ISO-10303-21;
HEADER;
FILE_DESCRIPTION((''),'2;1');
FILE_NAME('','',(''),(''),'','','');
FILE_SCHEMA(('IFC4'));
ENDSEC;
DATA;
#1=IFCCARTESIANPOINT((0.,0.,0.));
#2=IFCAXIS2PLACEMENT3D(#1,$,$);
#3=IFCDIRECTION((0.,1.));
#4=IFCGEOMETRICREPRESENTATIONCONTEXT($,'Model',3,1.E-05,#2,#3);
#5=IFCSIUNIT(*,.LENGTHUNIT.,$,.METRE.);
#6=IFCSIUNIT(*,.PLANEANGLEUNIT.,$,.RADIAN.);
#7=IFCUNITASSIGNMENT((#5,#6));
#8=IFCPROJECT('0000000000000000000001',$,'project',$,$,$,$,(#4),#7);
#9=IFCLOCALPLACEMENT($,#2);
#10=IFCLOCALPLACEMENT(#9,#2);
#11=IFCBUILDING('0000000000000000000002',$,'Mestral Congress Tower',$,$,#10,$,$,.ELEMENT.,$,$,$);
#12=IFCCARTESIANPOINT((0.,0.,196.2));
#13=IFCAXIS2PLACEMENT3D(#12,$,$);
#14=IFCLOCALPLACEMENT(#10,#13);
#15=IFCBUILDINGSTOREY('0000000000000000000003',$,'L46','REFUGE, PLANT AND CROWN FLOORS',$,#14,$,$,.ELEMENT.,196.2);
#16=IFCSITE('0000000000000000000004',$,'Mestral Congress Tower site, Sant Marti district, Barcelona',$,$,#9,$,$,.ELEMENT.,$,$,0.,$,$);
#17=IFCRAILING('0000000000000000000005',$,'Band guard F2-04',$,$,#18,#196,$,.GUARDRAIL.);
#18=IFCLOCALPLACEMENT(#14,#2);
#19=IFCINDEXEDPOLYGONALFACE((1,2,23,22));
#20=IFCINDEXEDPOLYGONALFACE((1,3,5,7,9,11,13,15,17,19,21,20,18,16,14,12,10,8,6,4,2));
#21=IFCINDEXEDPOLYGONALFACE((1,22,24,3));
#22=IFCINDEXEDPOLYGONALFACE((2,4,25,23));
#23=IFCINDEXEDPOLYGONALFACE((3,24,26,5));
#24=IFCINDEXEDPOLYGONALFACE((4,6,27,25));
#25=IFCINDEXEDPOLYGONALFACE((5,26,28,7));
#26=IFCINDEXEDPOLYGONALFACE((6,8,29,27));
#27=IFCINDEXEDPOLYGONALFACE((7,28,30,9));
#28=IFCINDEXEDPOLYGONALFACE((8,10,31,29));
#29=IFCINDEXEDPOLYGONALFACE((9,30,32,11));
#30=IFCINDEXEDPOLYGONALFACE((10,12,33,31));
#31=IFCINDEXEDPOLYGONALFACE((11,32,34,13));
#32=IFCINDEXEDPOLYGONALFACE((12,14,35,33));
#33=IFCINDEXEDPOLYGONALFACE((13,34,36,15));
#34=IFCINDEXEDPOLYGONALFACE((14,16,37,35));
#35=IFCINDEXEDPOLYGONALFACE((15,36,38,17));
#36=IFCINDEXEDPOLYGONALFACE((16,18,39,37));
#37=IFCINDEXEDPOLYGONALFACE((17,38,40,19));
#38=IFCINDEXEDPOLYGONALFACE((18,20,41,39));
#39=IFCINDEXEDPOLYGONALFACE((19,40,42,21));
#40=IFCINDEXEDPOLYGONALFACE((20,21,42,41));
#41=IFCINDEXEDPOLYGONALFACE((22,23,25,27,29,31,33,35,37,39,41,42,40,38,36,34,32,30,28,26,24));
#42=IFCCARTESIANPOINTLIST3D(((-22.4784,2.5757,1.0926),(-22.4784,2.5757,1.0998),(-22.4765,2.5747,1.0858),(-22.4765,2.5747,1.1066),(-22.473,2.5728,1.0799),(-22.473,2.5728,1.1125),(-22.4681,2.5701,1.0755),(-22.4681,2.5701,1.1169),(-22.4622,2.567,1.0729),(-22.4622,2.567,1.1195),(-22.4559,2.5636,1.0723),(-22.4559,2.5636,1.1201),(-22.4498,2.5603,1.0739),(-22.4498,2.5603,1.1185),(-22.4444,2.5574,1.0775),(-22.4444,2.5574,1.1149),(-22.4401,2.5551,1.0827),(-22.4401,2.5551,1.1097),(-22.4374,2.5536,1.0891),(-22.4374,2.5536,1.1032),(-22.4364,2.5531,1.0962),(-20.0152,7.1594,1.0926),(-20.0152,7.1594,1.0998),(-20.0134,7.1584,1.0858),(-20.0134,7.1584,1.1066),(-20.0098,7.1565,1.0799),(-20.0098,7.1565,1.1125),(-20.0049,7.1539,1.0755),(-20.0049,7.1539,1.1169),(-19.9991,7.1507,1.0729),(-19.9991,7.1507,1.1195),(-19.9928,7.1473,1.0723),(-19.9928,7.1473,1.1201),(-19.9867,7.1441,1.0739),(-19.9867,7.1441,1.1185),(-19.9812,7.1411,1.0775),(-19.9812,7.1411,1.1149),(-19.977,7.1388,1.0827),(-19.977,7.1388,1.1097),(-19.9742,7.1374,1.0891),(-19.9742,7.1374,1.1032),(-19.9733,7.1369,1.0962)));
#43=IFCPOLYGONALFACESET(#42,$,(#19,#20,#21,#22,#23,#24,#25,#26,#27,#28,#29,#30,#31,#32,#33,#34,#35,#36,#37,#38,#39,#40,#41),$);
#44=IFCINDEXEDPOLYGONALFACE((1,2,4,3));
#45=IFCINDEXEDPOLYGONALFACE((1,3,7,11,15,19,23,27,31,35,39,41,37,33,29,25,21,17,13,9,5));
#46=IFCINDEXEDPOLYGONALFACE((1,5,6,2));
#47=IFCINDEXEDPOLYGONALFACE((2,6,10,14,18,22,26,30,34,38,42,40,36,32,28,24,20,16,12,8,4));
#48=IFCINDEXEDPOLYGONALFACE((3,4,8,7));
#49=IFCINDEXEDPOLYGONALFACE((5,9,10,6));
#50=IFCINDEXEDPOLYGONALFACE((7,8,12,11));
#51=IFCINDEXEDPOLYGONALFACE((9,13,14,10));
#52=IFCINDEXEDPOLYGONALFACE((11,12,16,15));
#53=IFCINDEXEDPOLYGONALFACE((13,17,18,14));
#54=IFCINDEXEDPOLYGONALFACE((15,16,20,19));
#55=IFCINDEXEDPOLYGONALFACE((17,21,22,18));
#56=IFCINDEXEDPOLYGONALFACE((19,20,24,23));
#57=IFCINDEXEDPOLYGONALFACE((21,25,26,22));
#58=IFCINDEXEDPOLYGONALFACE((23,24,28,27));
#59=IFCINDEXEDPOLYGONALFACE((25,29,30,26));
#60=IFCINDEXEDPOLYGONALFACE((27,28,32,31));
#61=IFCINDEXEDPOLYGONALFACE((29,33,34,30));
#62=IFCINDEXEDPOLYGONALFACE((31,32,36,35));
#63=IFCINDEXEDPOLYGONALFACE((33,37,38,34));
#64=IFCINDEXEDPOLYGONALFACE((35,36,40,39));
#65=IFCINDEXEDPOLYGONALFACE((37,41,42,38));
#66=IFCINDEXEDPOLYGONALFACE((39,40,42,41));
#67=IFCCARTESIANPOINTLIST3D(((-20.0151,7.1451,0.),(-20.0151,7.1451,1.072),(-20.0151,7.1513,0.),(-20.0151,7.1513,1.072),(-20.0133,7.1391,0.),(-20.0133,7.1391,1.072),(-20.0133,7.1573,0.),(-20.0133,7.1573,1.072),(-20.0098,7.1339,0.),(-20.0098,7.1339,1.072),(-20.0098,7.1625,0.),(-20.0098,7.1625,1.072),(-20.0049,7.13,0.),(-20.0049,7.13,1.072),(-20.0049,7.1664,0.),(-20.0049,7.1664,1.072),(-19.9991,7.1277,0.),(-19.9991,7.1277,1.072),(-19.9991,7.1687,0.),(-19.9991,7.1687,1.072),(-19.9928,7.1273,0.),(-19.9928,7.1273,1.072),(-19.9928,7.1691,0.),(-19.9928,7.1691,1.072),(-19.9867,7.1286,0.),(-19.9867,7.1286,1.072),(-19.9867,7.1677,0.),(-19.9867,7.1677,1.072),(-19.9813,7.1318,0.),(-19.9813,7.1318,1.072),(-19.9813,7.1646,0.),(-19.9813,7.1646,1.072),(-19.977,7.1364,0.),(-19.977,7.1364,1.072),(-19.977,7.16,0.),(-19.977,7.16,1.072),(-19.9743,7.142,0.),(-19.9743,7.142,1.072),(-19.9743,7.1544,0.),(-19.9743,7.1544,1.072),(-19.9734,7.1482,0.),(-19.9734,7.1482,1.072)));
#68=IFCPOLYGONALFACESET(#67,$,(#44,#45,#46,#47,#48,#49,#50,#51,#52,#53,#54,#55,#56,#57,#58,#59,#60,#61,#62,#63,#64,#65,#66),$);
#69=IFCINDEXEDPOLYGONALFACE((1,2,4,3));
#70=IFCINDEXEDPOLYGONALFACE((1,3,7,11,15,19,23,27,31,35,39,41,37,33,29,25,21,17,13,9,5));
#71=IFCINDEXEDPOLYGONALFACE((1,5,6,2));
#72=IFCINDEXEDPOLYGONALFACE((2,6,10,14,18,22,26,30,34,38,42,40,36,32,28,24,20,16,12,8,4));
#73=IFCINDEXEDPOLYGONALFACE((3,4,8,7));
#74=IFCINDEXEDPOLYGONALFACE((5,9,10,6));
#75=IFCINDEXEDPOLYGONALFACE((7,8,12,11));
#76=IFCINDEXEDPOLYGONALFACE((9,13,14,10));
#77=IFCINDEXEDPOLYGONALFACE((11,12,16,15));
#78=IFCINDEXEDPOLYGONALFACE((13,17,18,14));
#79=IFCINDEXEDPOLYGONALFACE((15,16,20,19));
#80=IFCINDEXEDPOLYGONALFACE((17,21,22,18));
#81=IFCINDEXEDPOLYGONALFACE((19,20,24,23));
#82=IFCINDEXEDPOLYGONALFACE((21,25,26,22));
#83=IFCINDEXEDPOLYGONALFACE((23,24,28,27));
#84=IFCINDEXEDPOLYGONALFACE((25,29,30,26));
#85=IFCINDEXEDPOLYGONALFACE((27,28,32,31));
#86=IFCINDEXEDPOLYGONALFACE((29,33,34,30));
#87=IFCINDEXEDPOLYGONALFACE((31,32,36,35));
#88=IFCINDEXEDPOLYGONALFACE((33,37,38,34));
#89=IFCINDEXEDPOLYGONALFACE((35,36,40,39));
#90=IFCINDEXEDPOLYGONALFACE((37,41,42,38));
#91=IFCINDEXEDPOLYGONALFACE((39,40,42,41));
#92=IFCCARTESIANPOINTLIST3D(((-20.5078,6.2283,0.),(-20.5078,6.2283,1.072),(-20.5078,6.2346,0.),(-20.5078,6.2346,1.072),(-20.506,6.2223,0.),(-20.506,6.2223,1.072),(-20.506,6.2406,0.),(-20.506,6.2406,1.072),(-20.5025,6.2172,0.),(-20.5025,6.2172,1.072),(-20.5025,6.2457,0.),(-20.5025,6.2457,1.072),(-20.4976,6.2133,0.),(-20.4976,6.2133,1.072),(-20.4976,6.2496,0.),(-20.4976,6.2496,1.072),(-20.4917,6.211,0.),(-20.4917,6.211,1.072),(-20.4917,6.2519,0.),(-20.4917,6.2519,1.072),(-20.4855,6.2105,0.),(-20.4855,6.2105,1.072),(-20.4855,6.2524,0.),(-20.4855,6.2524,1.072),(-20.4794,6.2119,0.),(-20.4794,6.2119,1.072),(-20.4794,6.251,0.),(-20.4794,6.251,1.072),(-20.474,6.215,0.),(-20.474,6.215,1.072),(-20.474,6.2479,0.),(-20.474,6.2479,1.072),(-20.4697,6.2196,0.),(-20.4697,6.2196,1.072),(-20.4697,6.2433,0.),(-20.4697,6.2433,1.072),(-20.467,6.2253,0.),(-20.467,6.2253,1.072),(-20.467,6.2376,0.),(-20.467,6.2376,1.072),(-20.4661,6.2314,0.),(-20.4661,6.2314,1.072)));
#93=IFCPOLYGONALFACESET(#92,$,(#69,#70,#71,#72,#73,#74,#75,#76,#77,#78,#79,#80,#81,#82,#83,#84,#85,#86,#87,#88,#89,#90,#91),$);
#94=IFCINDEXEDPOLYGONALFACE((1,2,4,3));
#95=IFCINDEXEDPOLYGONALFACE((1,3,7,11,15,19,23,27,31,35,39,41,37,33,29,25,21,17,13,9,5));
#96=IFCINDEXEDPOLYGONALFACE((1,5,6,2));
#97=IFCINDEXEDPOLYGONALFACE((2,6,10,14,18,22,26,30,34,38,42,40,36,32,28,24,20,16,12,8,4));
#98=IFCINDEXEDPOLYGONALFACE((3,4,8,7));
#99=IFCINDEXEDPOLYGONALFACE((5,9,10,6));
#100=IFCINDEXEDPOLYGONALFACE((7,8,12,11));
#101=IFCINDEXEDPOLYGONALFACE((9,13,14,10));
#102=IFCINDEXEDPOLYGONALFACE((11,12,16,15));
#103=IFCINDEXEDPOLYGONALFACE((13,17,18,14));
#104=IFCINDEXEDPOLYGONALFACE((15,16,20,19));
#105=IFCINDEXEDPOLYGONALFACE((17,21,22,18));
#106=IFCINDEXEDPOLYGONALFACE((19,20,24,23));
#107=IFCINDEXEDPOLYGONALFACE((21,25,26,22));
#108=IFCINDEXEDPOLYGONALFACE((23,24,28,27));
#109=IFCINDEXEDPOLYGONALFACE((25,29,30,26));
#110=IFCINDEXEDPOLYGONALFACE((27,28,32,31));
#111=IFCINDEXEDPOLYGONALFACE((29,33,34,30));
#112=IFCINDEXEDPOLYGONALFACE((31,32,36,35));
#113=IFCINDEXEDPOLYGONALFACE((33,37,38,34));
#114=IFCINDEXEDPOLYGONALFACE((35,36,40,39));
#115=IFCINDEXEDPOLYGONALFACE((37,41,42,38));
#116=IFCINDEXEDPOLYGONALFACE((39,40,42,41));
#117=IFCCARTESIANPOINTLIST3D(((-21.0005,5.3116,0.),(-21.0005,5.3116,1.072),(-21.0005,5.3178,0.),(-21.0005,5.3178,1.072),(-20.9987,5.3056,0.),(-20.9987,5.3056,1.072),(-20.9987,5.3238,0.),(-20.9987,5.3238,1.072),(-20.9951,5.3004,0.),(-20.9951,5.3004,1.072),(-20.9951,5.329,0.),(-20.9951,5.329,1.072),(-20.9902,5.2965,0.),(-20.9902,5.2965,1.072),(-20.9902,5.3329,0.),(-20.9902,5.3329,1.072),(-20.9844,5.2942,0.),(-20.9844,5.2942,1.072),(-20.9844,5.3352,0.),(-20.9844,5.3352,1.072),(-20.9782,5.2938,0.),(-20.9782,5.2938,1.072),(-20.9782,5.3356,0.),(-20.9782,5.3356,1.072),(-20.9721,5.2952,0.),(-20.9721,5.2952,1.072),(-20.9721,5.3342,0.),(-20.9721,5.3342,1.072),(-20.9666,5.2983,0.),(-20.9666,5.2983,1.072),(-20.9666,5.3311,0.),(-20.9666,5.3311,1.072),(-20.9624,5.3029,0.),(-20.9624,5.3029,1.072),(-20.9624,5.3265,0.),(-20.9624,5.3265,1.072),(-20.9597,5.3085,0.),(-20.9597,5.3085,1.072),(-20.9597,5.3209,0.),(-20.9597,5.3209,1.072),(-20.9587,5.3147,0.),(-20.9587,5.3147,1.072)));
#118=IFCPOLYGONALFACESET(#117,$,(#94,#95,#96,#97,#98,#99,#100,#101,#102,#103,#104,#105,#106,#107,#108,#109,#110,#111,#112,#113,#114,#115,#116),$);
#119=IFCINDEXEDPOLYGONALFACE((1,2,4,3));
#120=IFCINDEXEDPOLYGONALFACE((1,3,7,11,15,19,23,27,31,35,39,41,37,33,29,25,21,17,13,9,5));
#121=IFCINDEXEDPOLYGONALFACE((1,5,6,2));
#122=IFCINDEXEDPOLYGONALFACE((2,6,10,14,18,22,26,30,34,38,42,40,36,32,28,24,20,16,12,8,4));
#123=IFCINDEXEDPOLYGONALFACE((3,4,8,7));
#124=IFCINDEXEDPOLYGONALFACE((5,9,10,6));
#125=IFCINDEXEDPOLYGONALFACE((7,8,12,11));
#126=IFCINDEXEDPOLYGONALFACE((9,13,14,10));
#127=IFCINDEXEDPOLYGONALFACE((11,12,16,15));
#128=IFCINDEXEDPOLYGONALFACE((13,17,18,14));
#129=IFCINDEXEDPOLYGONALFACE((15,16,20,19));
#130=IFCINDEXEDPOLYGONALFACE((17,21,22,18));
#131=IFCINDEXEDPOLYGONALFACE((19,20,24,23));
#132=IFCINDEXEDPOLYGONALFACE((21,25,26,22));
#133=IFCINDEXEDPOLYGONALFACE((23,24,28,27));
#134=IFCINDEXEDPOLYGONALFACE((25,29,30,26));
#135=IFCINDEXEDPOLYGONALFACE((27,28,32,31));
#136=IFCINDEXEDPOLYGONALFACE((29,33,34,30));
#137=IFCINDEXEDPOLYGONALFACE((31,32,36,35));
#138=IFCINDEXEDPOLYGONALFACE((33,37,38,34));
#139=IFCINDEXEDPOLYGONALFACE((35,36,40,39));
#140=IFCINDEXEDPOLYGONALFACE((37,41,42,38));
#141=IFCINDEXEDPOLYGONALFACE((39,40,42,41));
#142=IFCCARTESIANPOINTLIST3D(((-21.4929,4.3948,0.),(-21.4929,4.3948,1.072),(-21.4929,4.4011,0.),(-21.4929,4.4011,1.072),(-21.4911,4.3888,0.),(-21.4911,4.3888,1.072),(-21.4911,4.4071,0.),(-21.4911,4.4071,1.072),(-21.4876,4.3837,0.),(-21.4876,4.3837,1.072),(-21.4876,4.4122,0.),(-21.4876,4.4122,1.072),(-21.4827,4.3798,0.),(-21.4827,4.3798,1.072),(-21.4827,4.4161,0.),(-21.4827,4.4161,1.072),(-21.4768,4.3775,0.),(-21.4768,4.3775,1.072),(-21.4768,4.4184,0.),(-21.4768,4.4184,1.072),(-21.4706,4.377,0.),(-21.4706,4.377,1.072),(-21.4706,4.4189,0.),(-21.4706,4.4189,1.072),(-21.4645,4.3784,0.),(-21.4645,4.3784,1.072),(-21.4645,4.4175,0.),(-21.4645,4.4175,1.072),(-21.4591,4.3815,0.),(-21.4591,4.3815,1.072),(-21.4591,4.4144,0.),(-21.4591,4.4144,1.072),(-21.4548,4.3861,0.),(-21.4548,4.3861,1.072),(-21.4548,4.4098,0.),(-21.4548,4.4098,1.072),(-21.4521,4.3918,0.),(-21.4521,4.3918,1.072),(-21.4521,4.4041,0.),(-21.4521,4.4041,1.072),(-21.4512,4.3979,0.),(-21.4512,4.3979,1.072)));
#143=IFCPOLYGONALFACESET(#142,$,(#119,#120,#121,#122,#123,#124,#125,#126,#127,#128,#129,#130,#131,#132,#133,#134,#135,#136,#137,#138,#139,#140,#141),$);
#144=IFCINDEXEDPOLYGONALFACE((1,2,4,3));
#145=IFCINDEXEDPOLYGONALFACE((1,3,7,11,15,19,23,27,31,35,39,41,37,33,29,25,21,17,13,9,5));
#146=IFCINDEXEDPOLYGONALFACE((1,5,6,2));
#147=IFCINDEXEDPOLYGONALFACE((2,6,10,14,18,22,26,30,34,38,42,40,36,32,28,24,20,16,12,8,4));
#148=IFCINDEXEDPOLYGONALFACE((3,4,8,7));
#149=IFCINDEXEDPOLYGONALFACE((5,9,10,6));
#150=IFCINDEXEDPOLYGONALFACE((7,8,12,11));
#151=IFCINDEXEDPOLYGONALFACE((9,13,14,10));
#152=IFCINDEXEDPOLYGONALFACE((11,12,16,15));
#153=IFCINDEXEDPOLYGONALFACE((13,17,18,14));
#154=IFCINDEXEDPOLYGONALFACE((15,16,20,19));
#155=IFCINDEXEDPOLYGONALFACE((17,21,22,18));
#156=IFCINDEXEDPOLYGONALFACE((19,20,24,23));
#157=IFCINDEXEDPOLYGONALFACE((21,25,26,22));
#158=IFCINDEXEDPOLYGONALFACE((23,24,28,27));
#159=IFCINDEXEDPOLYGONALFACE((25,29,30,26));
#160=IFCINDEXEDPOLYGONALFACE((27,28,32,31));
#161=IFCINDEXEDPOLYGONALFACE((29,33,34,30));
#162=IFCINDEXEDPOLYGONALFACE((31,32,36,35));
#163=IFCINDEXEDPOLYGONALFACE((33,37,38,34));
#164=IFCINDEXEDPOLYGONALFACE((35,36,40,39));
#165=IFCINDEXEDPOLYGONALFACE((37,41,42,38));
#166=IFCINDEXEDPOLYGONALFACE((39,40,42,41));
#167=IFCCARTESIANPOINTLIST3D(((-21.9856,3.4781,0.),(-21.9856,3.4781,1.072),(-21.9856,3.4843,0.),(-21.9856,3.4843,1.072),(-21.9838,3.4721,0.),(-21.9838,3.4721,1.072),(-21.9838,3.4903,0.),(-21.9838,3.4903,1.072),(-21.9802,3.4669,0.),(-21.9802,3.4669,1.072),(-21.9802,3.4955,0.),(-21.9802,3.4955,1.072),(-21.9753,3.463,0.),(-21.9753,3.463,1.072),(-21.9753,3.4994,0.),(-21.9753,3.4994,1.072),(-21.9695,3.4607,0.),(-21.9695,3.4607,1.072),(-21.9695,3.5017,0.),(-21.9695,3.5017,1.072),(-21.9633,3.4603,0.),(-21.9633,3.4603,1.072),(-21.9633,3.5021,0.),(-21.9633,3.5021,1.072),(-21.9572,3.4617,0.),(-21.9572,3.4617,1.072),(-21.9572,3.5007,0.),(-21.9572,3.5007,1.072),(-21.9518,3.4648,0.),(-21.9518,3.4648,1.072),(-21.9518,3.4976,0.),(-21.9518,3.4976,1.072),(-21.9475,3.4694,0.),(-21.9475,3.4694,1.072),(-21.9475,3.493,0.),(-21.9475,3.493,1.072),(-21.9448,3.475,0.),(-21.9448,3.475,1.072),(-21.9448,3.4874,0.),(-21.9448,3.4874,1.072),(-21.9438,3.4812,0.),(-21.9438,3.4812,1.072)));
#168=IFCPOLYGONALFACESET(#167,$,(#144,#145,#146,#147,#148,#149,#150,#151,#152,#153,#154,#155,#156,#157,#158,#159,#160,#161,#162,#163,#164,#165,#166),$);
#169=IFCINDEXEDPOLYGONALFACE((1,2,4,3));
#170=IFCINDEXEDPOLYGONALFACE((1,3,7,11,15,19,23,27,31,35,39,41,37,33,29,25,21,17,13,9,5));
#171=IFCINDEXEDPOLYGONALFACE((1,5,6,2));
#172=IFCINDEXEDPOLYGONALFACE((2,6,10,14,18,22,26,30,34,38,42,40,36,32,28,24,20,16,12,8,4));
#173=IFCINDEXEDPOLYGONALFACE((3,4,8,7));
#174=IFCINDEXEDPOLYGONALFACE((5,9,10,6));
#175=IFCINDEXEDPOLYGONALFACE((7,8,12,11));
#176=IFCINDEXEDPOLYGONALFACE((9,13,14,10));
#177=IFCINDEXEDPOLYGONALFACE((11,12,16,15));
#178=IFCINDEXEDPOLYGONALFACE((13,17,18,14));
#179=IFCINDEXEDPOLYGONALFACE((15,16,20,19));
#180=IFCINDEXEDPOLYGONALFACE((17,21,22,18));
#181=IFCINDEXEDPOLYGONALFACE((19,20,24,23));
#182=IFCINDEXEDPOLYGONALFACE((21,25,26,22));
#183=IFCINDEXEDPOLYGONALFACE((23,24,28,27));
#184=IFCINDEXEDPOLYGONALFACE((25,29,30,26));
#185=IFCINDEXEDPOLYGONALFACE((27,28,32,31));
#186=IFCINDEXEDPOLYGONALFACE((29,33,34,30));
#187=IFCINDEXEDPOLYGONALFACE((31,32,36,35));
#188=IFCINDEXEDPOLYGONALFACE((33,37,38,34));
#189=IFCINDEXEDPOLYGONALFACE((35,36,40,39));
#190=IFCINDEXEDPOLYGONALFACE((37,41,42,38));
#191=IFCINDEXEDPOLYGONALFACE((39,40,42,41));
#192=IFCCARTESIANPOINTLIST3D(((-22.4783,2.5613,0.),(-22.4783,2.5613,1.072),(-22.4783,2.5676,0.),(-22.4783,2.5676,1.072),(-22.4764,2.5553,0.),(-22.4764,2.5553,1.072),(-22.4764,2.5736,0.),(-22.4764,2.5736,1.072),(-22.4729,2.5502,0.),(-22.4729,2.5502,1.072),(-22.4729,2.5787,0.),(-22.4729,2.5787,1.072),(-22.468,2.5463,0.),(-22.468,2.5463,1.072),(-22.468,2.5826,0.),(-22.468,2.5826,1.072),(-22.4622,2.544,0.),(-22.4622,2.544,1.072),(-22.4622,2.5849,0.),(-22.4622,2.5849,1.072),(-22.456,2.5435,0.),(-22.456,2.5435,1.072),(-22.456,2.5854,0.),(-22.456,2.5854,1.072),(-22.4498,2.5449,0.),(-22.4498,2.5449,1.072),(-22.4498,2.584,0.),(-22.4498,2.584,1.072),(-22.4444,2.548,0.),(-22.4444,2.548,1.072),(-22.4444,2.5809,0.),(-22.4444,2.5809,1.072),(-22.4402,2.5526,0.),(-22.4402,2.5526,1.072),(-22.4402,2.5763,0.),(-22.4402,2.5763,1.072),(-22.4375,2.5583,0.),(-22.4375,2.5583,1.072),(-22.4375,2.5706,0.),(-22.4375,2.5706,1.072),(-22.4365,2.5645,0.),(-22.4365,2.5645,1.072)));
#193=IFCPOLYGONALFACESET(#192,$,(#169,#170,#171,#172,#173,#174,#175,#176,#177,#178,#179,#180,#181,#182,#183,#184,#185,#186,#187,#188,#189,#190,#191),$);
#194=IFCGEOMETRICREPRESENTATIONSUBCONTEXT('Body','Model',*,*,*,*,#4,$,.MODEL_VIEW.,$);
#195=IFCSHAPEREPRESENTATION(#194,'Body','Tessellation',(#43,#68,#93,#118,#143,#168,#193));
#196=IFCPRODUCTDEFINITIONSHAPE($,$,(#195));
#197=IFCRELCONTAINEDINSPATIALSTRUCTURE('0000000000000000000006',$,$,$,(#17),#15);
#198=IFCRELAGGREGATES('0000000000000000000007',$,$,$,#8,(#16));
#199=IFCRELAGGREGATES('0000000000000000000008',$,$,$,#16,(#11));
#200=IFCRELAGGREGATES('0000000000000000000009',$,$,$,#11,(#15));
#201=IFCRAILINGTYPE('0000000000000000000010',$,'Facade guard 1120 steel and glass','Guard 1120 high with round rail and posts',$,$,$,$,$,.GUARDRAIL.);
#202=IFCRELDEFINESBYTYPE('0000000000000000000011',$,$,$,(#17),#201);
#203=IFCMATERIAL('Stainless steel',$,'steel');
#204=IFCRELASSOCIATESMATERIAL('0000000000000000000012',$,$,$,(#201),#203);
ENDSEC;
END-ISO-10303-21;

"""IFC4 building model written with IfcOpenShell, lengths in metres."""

from ifc_helpers import new_model, si_unit, direction, frame, origin, origin_2d, place, context, subcontext, project, spatial, circle, extrude, material, type_object, element, save


model = new_model("IFC4")

# Units and contexts
model_context = context("Model", 3, precision=1e-05, world=origin(), true_north=direction((0.0, 1.0)))
body_context = subcontext(model_context, "Body", "Model", "MODEL_VIEW")
ifc_project = project(units=[si_unit("LENGTHUNIT", "METRE"), si_unit("PLANEANGLEUNIT", "RADIAN")], contexts=[model_context])

# Site, building, storey
site_placement = place(None, origin())
site = spatial("IfcSite", under=ifc_project, at=site_placement, Name="Mestral Congress Tower site, Sant Marti district, Barcelona", CompositionType="ELEMENT", RefElevation=0.0)
building_placement = place(site_placement, origin())
building = spatial("IfcBuilding", under=site, at=building_placement, Name="Mestral Congress Tower", CompositionType="ELEMENT")
storey_placement = place(building_placement, frame((0.0, 0.0, 196.2)))
storey = spatial("IfcBuildingStorey", under=building, at=storey_placement, Name="L46", Description="REFUGE, PLANT AND CROWN FLOORS", CompositionType="ELEMENT", Elevation=196.2)

# Railing
ifc_material_1 = material(Name="Stainless steel", Category="steel")
railing_type = type_object("IfcRailingType", Name="Facade guard 1120 steel and glass", Description="Guard 1120 high with round rail and posts", PredefinedType="GUARDRAIL", material=ifc_material_1)
railing_placement = place(storey_placement, frame((-19.9944, 7.1482, 0.0)))
element("IfcRailing", 1, at=railing_placement, inside=storey, type_object=railing_type, Name="Band guard F2-04", PredefinedType="GUARDRAIL", context=body_context, shape_type="SweptSolid", body=[
    extrude(circle(Radius=0.0239, at=origin_2d()), frame((0.0, 0.0, 1.0962), z_axis=(-0.47335, -0.880875, 0.0), x_axis=(0.880875, -0.47335, 0.0)), (0.0, 0.0, 1.0), 5.2036),
    extrude(circle(Radius=0.021, at=origin_2d()), origin(), (0.0, 0.0, 1.0), 1.072),
    extrude(circle(Radius=0.021, at=origin_2d()), frame((-0.4927, -0.9167, 0.0)), (0.0, 0.0, 1.0), 1.072),
    extrude(circle(Radius=0.021, at=origin_2d()), frame((-0.9854, -1.8335, 0.0)), (0.0, 0.0, 1.0), 1.072),
    extrude(circle(Radius=0.021, at=origin_2d()), frame((-1.4778, -2.7502, 0.0)), (0.0, 0.0, 1.0), 1.072),
    extrude(circle(Radius=0.021, at=origin_2d()), frame((-1.9705, -3.667, 0.0)), (0.0, 0.0, 1.0), 1.072),
    extrude(circle(Radius=0.021, at=origin_2d()), frame((-2.4631, -4.5837, 0.0)), (0.0, 0.0, 1.0), 1.072),
])

save(model, "model.ifc")
